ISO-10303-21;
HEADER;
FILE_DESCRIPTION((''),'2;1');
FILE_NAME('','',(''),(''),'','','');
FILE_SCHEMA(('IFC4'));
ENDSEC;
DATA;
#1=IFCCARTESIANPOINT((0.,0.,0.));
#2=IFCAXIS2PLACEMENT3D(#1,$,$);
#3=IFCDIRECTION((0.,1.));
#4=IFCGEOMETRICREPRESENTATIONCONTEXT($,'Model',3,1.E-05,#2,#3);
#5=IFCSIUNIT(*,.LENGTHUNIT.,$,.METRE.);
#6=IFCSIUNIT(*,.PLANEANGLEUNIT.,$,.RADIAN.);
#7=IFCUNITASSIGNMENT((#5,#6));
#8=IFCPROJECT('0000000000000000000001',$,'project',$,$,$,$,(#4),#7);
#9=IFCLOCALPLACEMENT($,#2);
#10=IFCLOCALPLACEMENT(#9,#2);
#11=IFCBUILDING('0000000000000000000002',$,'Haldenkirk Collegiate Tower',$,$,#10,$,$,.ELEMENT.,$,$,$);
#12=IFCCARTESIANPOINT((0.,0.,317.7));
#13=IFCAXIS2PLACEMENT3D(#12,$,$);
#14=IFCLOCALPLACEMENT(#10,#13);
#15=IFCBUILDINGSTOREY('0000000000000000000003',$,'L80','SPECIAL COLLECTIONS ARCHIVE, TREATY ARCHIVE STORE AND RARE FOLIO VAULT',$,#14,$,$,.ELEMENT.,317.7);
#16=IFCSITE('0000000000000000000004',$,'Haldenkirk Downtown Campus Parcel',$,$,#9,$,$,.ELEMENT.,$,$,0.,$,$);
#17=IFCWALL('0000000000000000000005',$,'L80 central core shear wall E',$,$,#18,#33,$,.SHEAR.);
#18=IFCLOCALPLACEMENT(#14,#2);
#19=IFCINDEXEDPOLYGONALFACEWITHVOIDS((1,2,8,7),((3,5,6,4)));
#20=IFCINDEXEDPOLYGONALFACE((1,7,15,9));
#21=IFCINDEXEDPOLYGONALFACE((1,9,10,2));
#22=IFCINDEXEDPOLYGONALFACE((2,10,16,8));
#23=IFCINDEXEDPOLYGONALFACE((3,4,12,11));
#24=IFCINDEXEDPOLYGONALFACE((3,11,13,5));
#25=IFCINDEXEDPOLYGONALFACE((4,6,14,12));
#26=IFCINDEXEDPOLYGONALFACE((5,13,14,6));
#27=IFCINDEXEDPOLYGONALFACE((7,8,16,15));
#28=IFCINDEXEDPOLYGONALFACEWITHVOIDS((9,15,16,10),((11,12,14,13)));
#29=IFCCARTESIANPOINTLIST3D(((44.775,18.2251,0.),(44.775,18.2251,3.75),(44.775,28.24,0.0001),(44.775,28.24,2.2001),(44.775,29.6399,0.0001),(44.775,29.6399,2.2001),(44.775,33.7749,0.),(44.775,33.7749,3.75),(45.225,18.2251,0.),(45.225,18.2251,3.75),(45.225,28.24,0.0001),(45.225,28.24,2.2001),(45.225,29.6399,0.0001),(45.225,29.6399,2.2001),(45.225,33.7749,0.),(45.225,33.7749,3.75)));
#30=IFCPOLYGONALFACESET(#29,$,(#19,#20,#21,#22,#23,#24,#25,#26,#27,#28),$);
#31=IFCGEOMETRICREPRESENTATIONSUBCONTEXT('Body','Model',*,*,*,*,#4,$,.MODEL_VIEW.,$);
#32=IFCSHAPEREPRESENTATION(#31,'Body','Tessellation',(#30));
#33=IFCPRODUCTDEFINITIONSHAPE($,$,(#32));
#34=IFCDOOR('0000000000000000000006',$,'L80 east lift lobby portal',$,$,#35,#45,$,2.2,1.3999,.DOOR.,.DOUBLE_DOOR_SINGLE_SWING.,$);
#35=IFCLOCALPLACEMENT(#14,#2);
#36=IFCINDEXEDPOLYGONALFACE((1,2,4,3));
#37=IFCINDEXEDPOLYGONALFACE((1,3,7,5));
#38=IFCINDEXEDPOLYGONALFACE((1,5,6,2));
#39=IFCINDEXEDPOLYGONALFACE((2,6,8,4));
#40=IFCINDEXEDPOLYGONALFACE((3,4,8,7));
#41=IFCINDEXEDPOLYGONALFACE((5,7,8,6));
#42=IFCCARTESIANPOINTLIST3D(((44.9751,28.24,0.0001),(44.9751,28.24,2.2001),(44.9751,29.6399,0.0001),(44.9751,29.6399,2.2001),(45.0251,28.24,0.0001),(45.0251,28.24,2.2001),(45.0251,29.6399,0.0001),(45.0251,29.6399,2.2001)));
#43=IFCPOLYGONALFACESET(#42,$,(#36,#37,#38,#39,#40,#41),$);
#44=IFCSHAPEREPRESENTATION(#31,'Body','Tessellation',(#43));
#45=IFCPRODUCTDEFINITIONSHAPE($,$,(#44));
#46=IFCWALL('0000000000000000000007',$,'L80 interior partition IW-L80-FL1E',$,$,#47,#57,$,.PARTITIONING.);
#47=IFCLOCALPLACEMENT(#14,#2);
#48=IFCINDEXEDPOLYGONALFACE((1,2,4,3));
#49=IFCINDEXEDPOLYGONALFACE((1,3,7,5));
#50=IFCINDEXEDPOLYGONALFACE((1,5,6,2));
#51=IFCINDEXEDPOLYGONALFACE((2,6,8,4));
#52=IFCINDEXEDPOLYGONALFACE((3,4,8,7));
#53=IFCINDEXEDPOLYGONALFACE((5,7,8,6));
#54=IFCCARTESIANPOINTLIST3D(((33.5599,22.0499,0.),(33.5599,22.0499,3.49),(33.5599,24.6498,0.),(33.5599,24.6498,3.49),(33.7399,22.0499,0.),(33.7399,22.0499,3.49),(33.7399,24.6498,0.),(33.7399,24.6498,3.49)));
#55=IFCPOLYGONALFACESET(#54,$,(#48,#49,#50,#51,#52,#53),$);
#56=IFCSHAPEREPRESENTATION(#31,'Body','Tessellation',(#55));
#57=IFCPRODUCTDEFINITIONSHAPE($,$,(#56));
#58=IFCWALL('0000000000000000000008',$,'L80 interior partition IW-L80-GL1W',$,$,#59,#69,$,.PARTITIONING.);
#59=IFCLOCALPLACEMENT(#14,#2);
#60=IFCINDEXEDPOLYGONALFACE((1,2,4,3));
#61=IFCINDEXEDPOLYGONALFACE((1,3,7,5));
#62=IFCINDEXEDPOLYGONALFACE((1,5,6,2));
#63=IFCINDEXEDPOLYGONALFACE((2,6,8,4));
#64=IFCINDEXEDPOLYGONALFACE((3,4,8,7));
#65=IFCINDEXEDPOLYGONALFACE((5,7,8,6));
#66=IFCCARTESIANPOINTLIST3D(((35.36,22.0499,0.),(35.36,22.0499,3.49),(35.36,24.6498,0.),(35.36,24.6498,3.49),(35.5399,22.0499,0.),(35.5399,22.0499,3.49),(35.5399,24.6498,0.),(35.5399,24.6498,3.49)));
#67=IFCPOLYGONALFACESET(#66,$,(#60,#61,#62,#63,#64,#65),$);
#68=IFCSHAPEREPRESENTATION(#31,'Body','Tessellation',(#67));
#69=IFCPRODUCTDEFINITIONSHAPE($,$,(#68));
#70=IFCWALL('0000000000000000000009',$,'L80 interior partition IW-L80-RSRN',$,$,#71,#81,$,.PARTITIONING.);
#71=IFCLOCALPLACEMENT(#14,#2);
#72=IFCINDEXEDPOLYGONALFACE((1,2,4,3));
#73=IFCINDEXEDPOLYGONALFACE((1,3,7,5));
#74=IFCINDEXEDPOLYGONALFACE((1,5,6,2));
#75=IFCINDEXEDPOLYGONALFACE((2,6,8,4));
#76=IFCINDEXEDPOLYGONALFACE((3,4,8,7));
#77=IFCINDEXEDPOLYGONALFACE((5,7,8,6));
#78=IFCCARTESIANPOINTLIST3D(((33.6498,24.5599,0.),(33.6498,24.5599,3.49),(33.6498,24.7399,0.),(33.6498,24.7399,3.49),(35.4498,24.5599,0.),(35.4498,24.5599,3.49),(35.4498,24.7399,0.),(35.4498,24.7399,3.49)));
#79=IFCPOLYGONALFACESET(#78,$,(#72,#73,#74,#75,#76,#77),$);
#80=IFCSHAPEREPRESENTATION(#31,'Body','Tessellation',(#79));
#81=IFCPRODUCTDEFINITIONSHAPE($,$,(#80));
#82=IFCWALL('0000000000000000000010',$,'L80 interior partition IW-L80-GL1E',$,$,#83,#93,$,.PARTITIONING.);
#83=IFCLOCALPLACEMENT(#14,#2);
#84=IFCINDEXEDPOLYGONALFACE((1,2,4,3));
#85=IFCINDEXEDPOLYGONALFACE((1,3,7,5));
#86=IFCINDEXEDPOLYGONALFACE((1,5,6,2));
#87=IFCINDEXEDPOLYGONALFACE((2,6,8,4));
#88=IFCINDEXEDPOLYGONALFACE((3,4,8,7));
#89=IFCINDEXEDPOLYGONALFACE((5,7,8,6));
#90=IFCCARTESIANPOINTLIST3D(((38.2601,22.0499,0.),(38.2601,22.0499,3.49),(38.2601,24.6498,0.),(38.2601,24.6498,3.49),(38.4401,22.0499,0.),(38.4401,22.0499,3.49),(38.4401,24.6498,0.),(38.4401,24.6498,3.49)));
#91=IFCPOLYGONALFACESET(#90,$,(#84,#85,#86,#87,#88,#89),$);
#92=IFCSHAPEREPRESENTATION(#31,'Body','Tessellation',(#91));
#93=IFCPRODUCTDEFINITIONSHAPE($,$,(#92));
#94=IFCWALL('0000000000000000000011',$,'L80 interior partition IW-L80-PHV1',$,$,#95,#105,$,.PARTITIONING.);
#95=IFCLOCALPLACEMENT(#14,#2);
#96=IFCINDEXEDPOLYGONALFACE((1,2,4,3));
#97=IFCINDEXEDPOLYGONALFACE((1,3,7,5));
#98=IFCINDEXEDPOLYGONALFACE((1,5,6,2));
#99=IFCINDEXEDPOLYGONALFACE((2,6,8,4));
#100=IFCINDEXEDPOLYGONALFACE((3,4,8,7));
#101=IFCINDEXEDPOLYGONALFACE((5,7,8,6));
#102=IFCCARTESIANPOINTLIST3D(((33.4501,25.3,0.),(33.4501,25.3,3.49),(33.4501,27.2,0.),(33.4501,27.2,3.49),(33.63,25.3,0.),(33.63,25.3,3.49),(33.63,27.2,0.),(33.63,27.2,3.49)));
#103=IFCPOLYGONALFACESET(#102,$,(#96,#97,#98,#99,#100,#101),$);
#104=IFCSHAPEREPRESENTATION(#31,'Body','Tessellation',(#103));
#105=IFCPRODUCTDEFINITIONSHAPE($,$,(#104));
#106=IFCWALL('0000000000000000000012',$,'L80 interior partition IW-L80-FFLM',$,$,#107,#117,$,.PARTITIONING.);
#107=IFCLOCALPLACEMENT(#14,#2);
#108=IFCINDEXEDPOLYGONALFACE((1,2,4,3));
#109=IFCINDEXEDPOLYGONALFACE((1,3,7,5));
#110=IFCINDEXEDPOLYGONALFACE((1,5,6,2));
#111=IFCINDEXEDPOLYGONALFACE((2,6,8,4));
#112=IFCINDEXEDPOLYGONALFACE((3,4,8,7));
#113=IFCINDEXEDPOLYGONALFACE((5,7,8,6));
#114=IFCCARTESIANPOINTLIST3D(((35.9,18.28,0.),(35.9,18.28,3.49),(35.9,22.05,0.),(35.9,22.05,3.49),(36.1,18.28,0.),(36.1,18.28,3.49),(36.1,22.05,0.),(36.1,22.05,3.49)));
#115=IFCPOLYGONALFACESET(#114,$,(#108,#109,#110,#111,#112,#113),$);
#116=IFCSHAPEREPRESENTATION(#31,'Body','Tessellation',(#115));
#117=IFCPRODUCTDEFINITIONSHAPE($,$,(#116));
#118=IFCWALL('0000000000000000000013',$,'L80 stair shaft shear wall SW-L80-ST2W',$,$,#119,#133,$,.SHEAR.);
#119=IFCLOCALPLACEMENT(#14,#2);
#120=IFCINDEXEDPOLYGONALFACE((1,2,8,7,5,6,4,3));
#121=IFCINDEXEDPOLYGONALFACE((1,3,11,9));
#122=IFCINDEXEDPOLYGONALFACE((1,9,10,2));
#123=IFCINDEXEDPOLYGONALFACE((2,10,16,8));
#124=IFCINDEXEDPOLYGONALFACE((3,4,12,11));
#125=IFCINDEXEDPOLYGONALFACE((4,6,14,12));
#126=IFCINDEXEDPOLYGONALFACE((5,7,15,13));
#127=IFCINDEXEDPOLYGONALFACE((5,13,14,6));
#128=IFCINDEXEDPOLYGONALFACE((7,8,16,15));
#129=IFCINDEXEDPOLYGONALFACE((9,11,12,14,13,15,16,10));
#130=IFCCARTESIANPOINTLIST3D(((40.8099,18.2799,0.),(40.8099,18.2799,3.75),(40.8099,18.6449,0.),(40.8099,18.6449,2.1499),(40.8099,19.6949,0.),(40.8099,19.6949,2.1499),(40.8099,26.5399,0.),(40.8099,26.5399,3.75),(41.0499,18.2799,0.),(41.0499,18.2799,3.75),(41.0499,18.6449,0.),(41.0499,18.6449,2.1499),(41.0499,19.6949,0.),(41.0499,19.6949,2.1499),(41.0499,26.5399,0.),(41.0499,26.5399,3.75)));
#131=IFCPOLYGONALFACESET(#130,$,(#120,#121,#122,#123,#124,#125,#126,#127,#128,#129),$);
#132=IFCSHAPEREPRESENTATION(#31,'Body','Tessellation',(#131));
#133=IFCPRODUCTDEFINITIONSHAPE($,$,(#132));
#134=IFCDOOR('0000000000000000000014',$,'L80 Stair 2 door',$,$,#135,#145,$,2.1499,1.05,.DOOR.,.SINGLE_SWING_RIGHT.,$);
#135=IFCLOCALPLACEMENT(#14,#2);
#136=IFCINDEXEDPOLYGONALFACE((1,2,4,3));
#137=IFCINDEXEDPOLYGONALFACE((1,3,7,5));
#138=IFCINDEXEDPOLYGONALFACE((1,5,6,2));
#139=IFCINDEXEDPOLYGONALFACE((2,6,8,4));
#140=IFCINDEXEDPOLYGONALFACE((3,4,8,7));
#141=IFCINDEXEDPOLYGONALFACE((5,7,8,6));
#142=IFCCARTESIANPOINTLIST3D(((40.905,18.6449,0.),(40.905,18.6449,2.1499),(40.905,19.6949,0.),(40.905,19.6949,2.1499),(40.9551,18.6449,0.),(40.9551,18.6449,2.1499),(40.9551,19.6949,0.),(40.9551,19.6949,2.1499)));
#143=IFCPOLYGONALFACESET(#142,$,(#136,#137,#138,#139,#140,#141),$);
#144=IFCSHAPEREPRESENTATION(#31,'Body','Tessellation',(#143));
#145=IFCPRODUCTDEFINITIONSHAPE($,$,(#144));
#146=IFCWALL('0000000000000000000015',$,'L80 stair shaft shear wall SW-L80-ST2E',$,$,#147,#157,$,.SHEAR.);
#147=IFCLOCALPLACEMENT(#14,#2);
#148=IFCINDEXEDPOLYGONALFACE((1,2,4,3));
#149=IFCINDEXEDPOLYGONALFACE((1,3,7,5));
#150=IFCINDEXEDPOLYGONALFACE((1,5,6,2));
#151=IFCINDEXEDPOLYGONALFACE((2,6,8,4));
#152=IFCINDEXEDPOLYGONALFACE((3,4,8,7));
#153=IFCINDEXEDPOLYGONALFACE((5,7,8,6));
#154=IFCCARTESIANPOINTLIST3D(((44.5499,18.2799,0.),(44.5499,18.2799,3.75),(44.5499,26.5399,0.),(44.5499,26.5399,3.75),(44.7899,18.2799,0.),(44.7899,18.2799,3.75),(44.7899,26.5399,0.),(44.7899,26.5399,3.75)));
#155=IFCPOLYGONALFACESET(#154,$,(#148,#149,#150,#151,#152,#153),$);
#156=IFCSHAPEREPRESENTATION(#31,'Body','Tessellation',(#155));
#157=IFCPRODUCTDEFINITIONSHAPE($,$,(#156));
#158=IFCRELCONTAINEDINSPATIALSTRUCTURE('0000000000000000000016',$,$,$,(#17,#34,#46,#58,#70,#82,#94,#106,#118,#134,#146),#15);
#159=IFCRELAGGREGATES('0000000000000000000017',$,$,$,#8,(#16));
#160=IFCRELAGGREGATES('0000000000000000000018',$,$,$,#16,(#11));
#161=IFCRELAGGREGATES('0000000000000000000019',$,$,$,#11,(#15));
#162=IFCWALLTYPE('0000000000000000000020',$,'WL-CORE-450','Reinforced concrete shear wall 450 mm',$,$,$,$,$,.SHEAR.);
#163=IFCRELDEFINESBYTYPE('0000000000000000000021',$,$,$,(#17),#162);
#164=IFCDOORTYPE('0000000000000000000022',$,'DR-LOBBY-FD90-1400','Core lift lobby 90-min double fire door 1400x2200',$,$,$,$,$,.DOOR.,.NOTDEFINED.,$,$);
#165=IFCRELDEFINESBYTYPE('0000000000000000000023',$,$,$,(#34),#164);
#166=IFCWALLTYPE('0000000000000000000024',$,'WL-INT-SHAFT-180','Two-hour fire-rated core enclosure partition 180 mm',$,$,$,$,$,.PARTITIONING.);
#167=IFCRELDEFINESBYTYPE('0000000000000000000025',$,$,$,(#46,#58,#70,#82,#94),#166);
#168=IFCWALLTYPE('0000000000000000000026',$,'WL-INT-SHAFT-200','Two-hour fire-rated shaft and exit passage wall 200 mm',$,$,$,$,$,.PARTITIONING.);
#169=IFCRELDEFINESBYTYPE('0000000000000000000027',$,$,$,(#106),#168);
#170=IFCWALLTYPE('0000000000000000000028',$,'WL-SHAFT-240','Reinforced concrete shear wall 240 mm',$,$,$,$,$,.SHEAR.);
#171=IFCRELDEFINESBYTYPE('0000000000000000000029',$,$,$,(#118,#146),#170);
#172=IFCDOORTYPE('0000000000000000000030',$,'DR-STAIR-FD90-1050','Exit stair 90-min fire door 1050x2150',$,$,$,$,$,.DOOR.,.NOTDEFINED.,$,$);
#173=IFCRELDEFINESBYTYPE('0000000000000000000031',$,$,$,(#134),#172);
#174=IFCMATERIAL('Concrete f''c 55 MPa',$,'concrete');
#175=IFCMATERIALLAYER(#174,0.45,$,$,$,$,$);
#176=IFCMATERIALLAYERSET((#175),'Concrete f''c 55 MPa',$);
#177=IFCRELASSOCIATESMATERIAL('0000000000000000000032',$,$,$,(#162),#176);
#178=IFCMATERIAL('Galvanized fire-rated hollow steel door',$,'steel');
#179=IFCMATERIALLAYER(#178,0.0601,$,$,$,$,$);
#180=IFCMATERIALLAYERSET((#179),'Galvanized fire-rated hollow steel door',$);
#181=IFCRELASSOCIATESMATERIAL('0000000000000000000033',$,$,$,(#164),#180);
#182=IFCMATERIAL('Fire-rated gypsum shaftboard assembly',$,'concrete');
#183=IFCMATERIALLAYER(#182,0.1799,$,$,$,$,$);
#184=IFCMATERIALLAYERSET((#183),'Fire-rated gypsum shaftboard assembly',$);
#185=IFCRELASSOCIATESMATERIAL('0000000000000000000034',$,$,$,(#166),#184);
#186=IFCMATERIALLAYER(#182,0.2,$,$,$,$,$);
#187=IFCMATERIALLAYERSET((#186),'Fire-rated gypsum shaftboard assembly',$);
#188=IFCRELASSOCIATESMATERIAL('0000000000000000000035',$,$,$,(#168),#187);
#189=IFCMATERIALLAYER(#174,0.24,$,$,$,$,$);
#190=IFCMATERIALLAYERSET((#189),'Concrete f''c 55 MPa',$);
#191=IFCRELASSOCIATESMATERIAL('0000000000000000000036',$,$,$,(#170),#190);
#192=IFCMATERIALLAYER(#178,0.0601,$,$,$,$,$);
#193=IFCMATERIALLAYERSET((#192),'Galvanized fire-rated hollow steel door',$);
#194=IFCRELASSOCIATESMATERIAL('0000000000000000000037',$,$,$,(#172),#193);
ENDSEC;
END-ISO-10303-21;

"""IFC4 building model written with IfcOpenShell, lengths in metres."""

from ifc_helpers import new_model, si_unit, direction, frame, frame_2d, origin, place, context, subcontext, project, spatial, rectangle, extrude, material, layer, layer_set, type_object, element, fill, save


model = new_model("IFC4")

# Units and contexts
model_context = context("Model", 3, precision=1e-05, world=origin(), true_north=direction((0.0, 1.0)))
body_context = subcontext(model_context, "Body", "Model", "MODEL_VIEW")
ifc_project = project(units=[si_unit("LENGTHUNIT", "METRE"), si_unit("PLANEANGLEUNIT", "RADIAN")], contexts=[model_context])

# Site, building, storey
site_placement = place(None, origin())
site = spatial("IfcSite", under=ifc_project, at=site_placement, Name="Haldenkirk Downtown Campus Parcel", CompositionType="ELEMENT", RefElevation=0.0)
building_placement = place(site_placement, origin())
building = spatial("IfcBuilding", under=site, at=building_placement, Name="Haldenkirk Collegiate Tower", CompositionType="ELEMENT")
storey_placement = place(building_placement, frame((0.0, 0.0, 317.7)))
storey = spatial("IfcBuildingStorey", under=building, at=storey_placement, Name="L80", Description="SPECIAL COLLECTIONS ARCHIVE, TREATY ARCHIVE STORE AND RARE FOLIO VAULT", CompositionType="ELEMENT", Elevation=317.7)

# Wall, opening, door
ifc_material_1 = material(Name="Concrete f'c 55 MPa", Category="concrete")
ifc_layer_1 = layer(ifc_material_1, 0.45)
ifc_layer_set_1 = layer_set([ifc_layer_1], Name="Concrete f'c 55 MPa")
wall_type_1 = type_object("IfcWallType", Name="WL-CORE-450", Description="Reinforced concrete shear wall 450 mm", PredefinedType="SHEAR", material=ifc_layer_set_1)
wall_1_placement = place(storey_placement, frame((45.0, 18.2251, 0.0), z_axis=(0.0, 0.0, 1.0), x_axis=(0.0, 1.0, 0.0)))
wall_1 = element("IfcWall", 1, at=wall_1_placement, inside=storey, type_object=wall_type_1, Name="L80 central core shear wall E", PredefinedType="SHEAR", context=body_context, shape_type="SweptSolid", body=[
    extrude(rectangle(XDim=15.5498, YDim=0.45, at=frame_2d((7.7749, 0.0))), origin(), (0.0, 0.0, 1.0), 3.75),
])
opening_1_placement = place(wall_1_placement, frame((10.0149, 0.0, 0.0)))
opening_1 = element("IfcOpeningElement", 2, at=opening_1_placement, cuts=wall_1, PredefinedType="OPENING", context=body_context, shape_type="SweptSolid", body=[
    extrude(rectangle(XDim=1.3999, YDim=2.2, at=frame_2d((0.7, 1.1001))), frame((0.0, 0.2349, 0.0), z_axis=(0.0, -1.0, 0.0), x_axis=(1.0, 0.0, 0.0)), (0.0, 0.0, 1.0), 0.47),
])
ifc_material_2 = material(Name="Galvanized fire-rated hollow steel door", Category="steel")
ifc_layer_2 = layer(ifc_material_2, 0.0601)
ifc_layer_set_2 = layer_set([ifc_layer_2], Name="Galvanized fire-rated hollow steel door")
door_type_1 = type_object("IfcDoorType", Name="DR-LOBBY-FD90-1400", Description="Core lift lobby 90-min double fire door 1400x2200", OperationType="NOTDEFINED", PredefinedType="DOOR", material=ifc_layer_set_2)
door_1_placement = place(opening_1_placement, origin())
door_1 = element("IfcDoor", 3, at=door_1_placement, inside=storey, type_object=door_type_1, Name="L80 east lift lobby portal", OperationType="DOUBLE_DOOR_SINGLE_SWING", OverallHeight=2.2, OverallWidth=1.3999, PredefinedType="DOOR", context=body_context, shape_type="SweptSolid", body=[
    extrude(rectangle(XDim=1.3999, YDim=2.2, at=frame_2d((0.7, 1.1001))), frame((0.0, 0.0249, 0.0), z_axis=(0.0, -1.0, 0.0), x_axis=(1.0, 0.0, 0.0)), (0.0, 0.0, 1.0), 0.05),
])
fill(opening_1, door_1)

# Walls
ifc_material_3 = material(Name="Fire-rated gypsum shaftboard assembly", Category="concrete")
ifc_layer_3 = layer(ifc_material_3, 0.1799)
ifc_layer_set_3 = layer_set([ifc_layer_3], Name="Fire-rated gypsum shaftboard assembly")
wall_type_2 = type_object("IfcWallType", Name="WL-INT-SHAFT-180", Description="Two-hour fire-rated core enclosure partition 180 mm", PredefinedType="PARTITIONING", material=ifc_layer_set_3)
for number, where, z_axis, x_axis, name in (
    (4, (33.6499, 22.05, 0.0), (0.0, 0.0, 1.0), (0.0, 1.0, 0.0), "L80 interior partition IW-L80-FL1E"),
    (5, (35.45, 22.05, 0.0), (0.0, 0.0, 1.0), (0.0, 1.0, 0.0), "L80 interior partition IW-L80-GL1W"),
):
    element("IfcWall", number, at=place(storey_placement, frame(where, z_axis=z_axis, x_axis=x_axis)), inside=storey, type_object=wall_type_2, Name=name, PredefinedType="PARTITIONING", context=body_context, shape_type="SweptSolid", body=[
        extrude(rectangle(XDim=2.5999, YDim=0.1799, at=frame_2d((1.2998, 0.0))), origin(), (0.0, 0.0, 1.0), 3.49),
    ])
wall_2_placement = place(storey_placement, frame((33.6499, 24.6499, 0.0), z_axis=(0.0, 0.0, 1.0), x_axis=(1.0, 0.0, 0.0)))
element("IfcWall", 6, at=wall_2_placement, inside=storey, type_object=wall_type_2, Name="L80 interior partition IW-L80-RSRN", PredefinedType="PARTITIONING", context=body_context, shape_type="SweptSolid", body=[
    extrude(rectangle(XDim=1.8, YDim=0.1799, at=frame_2d((0.8999, 0.0))), origin(), (0.0, 0.0, 1.0), 3.49),
])
wall_3_placement = place(storey_placement, frame((38.3501, 22.05, 0.0), z_axis=(0.0, 0.0, 1.0), x_axis=(0.0, 1.0, 0.0)))
element("IfcWall", 7, at=wall_3_placement, inside=storey, type_object=wall_type_2, Name="L80 interior partition IW-L80-GL1E", PredefinedType="PARTITIONING", context=body_context, shape_type="SweptSolid", body=[
    extrude(rectangle(XDim=2.5999, YDim=0.1799, at=frame_2d((1.2998, 0.0))), origin(), (0.0, 0.0, 1.0), 3.49),
])
wall_4_placement = place(storey_placement, frame((33.54, 25.3, 0.0), z_axis=(0.0, 0.0, 1.0), x_axis=(0.0, 1.0, 0.0)))
element("IfcWall", 8, at=wall_4_placement, inside=storey, type_object=wall_type_2, Name="L80 interior partition IW-L80-PHV1", PredefinedType="PARTITIONING", context=body_context, shape_type="SweptSolid", body=[
    extrude(rectangle(XDim=1.8999, YDim=0.1799, at=frame_2d((0.95, 0.0))), origin(), (0.0, 0.0, 1.0), 3.49),
])
ifc_layer_4 = layer(ifc_material_3, 0.2)
ifc_layer_set_4 = layer_set([ifc_layer_4], Name="Fire-rated gypsum shaftboard assembly")
wall_type_3 = type_object("IfcWallType", Name="WL-INT-SHAFT-200", Description="Two-hour fire-rated shaft and exit passage wall 200 mm", PredefinedType="PARTITIONING", material=ifc_layer_set_4)
wall_5_placement = place(storey_placement, frame((36.0, 18.28, 0.0), z_axis=(0.0, 0.0, 1.0), x_axis=(0.0, 1.0, 0.0)))
element("IfcWall", 9, at=wall_5_placement, inside=storey, type_object=wall_type_3, Name="L80 interior partition IW-L80-FFLM", PredefinedType="PARTITIONING", context=body_context, shape_type="SweptSolid", body=[
    extrude(rectangle(XDim=3.77, YDim=0.2, at=frame_2d((1.885, 0.0))), origin(), (0.0, 0.0, 1.0), 3.49),
])

# Wall, opening, door
ifc_layer_5 = layer(ifc_material_1, 0.24)
ifc_layer_set_5 = layer_set([ifc_layer_5], Name="Concrete f'c 55 MPa")
wall_type_4 = type_object("IfcWallType", Name="WL-SHAFT-240", Description="Reinforced concrete shear wall 240 mm", PredefinedType="SHEAR", material=ifc_layer_set_5)
wall_6_placement = place(storey_placement, frame((40.9299, 18.28, 0.0), z_axis=(0.0, 0.0, 1.0), x_axis=(0.0, 1.0, 0.0)))
wall_6 = element("IfcWall", 10, at=wall_6_placement, inside=storey, type_object=wall_type_4, Name="L80 stair shaft shear wall SW-L80-ST2W", PredefinedType="SHEAR", context=body_context, shape_type="SweptSolid", body=[
    extrude(rectangle(XDim=8.26, YDim=0.24, at=frame_2d((4.1299, 0.0))), origin(), (0.0, 0.0, 1.0), 3.75),
])
opening_2_placement = place(wall_6_placement, frame((0.365, 0.0, 0.0)))
opening_2 = element("IfcOpeningElement", 11, at=opening_2_placement, cuts=wall_6, PredefinedType="OPENING", context=body_context, shape_type="SweptSolid", body=[
    extrude(rectangle(XDim=1.05, YDim=2.1499, at=frame_2d((0.5249, 1.075))), frame((0.0, 0.1299, 0.0), z_axis=(0.0, -1.0, 0.0), x_axis=(1.0, 0.0, 0.0)), (0.0, 0.0, 1.0), 0.26),
])
ifc_layer_6 = layer(ifc_material_2, 0.0601)
ifc_layer_set_6 = layer_set([ifc_layer_6], Name="Galvanized fire-rated hollow steel door")
door_type_2 = type_object("IfcDoorType", Name="DR-STAIR-FD90-1050", Description="Exit stair 90-min fire door 1050x2150", OperationType="NOTDEFINED", PredefinedType="DOOR", material=ifc_layer_set_6)
door_2_placement = place(opening_2_placement, origin())
door_2 = element("IfcDoor", 12, at=door_2_placement, inside=storey, type_object=door_type_2, Name="L80 Stair 2 door", OperationType="SINGLE_SWING_RIGHT", OverallHeight=2.1499, OverallWidth=1.05, PredefinedType="DOOR", context=body_context, shape_type="SweptSolid", body=[
    extrude(rectangle(XDim=1.05, YDim=2.1499, at=frame_2d((0.5249, 1.075))), frame((0.0, 0.0249, 0.0), z_axis=(0.0, -1.0, 0.0), x_axis=(1.0, 0.0, 0.0)), (0.0, 0.0, 1.0), 0.05),
])
fill(opening_2, door_2)

# Wall
wall_7_placement = place(storey_placement, frame((44.6699, 18.28, 0.0), z_axis=(0.0, 0.0, 1.0), x_axis=(0.0, 1.0, 0.0)))
element("IfcWall", 13, at=wall_7_placement, inside=storey, type_object=wall_type_4, Name="L80 stair shaft shear wall SW-L80-ST2E", PredefinedType="SHEAR", context=body_context, shape_type="SweptSolid", body=[
    extrude(rectangle(XDim=8.26, YDim=0.24, at=frame_2d((4.1299, 0.0))), origin(), (0.0, 0.0, 1.0), 3.75),
])

save(model, "model.ifc")
